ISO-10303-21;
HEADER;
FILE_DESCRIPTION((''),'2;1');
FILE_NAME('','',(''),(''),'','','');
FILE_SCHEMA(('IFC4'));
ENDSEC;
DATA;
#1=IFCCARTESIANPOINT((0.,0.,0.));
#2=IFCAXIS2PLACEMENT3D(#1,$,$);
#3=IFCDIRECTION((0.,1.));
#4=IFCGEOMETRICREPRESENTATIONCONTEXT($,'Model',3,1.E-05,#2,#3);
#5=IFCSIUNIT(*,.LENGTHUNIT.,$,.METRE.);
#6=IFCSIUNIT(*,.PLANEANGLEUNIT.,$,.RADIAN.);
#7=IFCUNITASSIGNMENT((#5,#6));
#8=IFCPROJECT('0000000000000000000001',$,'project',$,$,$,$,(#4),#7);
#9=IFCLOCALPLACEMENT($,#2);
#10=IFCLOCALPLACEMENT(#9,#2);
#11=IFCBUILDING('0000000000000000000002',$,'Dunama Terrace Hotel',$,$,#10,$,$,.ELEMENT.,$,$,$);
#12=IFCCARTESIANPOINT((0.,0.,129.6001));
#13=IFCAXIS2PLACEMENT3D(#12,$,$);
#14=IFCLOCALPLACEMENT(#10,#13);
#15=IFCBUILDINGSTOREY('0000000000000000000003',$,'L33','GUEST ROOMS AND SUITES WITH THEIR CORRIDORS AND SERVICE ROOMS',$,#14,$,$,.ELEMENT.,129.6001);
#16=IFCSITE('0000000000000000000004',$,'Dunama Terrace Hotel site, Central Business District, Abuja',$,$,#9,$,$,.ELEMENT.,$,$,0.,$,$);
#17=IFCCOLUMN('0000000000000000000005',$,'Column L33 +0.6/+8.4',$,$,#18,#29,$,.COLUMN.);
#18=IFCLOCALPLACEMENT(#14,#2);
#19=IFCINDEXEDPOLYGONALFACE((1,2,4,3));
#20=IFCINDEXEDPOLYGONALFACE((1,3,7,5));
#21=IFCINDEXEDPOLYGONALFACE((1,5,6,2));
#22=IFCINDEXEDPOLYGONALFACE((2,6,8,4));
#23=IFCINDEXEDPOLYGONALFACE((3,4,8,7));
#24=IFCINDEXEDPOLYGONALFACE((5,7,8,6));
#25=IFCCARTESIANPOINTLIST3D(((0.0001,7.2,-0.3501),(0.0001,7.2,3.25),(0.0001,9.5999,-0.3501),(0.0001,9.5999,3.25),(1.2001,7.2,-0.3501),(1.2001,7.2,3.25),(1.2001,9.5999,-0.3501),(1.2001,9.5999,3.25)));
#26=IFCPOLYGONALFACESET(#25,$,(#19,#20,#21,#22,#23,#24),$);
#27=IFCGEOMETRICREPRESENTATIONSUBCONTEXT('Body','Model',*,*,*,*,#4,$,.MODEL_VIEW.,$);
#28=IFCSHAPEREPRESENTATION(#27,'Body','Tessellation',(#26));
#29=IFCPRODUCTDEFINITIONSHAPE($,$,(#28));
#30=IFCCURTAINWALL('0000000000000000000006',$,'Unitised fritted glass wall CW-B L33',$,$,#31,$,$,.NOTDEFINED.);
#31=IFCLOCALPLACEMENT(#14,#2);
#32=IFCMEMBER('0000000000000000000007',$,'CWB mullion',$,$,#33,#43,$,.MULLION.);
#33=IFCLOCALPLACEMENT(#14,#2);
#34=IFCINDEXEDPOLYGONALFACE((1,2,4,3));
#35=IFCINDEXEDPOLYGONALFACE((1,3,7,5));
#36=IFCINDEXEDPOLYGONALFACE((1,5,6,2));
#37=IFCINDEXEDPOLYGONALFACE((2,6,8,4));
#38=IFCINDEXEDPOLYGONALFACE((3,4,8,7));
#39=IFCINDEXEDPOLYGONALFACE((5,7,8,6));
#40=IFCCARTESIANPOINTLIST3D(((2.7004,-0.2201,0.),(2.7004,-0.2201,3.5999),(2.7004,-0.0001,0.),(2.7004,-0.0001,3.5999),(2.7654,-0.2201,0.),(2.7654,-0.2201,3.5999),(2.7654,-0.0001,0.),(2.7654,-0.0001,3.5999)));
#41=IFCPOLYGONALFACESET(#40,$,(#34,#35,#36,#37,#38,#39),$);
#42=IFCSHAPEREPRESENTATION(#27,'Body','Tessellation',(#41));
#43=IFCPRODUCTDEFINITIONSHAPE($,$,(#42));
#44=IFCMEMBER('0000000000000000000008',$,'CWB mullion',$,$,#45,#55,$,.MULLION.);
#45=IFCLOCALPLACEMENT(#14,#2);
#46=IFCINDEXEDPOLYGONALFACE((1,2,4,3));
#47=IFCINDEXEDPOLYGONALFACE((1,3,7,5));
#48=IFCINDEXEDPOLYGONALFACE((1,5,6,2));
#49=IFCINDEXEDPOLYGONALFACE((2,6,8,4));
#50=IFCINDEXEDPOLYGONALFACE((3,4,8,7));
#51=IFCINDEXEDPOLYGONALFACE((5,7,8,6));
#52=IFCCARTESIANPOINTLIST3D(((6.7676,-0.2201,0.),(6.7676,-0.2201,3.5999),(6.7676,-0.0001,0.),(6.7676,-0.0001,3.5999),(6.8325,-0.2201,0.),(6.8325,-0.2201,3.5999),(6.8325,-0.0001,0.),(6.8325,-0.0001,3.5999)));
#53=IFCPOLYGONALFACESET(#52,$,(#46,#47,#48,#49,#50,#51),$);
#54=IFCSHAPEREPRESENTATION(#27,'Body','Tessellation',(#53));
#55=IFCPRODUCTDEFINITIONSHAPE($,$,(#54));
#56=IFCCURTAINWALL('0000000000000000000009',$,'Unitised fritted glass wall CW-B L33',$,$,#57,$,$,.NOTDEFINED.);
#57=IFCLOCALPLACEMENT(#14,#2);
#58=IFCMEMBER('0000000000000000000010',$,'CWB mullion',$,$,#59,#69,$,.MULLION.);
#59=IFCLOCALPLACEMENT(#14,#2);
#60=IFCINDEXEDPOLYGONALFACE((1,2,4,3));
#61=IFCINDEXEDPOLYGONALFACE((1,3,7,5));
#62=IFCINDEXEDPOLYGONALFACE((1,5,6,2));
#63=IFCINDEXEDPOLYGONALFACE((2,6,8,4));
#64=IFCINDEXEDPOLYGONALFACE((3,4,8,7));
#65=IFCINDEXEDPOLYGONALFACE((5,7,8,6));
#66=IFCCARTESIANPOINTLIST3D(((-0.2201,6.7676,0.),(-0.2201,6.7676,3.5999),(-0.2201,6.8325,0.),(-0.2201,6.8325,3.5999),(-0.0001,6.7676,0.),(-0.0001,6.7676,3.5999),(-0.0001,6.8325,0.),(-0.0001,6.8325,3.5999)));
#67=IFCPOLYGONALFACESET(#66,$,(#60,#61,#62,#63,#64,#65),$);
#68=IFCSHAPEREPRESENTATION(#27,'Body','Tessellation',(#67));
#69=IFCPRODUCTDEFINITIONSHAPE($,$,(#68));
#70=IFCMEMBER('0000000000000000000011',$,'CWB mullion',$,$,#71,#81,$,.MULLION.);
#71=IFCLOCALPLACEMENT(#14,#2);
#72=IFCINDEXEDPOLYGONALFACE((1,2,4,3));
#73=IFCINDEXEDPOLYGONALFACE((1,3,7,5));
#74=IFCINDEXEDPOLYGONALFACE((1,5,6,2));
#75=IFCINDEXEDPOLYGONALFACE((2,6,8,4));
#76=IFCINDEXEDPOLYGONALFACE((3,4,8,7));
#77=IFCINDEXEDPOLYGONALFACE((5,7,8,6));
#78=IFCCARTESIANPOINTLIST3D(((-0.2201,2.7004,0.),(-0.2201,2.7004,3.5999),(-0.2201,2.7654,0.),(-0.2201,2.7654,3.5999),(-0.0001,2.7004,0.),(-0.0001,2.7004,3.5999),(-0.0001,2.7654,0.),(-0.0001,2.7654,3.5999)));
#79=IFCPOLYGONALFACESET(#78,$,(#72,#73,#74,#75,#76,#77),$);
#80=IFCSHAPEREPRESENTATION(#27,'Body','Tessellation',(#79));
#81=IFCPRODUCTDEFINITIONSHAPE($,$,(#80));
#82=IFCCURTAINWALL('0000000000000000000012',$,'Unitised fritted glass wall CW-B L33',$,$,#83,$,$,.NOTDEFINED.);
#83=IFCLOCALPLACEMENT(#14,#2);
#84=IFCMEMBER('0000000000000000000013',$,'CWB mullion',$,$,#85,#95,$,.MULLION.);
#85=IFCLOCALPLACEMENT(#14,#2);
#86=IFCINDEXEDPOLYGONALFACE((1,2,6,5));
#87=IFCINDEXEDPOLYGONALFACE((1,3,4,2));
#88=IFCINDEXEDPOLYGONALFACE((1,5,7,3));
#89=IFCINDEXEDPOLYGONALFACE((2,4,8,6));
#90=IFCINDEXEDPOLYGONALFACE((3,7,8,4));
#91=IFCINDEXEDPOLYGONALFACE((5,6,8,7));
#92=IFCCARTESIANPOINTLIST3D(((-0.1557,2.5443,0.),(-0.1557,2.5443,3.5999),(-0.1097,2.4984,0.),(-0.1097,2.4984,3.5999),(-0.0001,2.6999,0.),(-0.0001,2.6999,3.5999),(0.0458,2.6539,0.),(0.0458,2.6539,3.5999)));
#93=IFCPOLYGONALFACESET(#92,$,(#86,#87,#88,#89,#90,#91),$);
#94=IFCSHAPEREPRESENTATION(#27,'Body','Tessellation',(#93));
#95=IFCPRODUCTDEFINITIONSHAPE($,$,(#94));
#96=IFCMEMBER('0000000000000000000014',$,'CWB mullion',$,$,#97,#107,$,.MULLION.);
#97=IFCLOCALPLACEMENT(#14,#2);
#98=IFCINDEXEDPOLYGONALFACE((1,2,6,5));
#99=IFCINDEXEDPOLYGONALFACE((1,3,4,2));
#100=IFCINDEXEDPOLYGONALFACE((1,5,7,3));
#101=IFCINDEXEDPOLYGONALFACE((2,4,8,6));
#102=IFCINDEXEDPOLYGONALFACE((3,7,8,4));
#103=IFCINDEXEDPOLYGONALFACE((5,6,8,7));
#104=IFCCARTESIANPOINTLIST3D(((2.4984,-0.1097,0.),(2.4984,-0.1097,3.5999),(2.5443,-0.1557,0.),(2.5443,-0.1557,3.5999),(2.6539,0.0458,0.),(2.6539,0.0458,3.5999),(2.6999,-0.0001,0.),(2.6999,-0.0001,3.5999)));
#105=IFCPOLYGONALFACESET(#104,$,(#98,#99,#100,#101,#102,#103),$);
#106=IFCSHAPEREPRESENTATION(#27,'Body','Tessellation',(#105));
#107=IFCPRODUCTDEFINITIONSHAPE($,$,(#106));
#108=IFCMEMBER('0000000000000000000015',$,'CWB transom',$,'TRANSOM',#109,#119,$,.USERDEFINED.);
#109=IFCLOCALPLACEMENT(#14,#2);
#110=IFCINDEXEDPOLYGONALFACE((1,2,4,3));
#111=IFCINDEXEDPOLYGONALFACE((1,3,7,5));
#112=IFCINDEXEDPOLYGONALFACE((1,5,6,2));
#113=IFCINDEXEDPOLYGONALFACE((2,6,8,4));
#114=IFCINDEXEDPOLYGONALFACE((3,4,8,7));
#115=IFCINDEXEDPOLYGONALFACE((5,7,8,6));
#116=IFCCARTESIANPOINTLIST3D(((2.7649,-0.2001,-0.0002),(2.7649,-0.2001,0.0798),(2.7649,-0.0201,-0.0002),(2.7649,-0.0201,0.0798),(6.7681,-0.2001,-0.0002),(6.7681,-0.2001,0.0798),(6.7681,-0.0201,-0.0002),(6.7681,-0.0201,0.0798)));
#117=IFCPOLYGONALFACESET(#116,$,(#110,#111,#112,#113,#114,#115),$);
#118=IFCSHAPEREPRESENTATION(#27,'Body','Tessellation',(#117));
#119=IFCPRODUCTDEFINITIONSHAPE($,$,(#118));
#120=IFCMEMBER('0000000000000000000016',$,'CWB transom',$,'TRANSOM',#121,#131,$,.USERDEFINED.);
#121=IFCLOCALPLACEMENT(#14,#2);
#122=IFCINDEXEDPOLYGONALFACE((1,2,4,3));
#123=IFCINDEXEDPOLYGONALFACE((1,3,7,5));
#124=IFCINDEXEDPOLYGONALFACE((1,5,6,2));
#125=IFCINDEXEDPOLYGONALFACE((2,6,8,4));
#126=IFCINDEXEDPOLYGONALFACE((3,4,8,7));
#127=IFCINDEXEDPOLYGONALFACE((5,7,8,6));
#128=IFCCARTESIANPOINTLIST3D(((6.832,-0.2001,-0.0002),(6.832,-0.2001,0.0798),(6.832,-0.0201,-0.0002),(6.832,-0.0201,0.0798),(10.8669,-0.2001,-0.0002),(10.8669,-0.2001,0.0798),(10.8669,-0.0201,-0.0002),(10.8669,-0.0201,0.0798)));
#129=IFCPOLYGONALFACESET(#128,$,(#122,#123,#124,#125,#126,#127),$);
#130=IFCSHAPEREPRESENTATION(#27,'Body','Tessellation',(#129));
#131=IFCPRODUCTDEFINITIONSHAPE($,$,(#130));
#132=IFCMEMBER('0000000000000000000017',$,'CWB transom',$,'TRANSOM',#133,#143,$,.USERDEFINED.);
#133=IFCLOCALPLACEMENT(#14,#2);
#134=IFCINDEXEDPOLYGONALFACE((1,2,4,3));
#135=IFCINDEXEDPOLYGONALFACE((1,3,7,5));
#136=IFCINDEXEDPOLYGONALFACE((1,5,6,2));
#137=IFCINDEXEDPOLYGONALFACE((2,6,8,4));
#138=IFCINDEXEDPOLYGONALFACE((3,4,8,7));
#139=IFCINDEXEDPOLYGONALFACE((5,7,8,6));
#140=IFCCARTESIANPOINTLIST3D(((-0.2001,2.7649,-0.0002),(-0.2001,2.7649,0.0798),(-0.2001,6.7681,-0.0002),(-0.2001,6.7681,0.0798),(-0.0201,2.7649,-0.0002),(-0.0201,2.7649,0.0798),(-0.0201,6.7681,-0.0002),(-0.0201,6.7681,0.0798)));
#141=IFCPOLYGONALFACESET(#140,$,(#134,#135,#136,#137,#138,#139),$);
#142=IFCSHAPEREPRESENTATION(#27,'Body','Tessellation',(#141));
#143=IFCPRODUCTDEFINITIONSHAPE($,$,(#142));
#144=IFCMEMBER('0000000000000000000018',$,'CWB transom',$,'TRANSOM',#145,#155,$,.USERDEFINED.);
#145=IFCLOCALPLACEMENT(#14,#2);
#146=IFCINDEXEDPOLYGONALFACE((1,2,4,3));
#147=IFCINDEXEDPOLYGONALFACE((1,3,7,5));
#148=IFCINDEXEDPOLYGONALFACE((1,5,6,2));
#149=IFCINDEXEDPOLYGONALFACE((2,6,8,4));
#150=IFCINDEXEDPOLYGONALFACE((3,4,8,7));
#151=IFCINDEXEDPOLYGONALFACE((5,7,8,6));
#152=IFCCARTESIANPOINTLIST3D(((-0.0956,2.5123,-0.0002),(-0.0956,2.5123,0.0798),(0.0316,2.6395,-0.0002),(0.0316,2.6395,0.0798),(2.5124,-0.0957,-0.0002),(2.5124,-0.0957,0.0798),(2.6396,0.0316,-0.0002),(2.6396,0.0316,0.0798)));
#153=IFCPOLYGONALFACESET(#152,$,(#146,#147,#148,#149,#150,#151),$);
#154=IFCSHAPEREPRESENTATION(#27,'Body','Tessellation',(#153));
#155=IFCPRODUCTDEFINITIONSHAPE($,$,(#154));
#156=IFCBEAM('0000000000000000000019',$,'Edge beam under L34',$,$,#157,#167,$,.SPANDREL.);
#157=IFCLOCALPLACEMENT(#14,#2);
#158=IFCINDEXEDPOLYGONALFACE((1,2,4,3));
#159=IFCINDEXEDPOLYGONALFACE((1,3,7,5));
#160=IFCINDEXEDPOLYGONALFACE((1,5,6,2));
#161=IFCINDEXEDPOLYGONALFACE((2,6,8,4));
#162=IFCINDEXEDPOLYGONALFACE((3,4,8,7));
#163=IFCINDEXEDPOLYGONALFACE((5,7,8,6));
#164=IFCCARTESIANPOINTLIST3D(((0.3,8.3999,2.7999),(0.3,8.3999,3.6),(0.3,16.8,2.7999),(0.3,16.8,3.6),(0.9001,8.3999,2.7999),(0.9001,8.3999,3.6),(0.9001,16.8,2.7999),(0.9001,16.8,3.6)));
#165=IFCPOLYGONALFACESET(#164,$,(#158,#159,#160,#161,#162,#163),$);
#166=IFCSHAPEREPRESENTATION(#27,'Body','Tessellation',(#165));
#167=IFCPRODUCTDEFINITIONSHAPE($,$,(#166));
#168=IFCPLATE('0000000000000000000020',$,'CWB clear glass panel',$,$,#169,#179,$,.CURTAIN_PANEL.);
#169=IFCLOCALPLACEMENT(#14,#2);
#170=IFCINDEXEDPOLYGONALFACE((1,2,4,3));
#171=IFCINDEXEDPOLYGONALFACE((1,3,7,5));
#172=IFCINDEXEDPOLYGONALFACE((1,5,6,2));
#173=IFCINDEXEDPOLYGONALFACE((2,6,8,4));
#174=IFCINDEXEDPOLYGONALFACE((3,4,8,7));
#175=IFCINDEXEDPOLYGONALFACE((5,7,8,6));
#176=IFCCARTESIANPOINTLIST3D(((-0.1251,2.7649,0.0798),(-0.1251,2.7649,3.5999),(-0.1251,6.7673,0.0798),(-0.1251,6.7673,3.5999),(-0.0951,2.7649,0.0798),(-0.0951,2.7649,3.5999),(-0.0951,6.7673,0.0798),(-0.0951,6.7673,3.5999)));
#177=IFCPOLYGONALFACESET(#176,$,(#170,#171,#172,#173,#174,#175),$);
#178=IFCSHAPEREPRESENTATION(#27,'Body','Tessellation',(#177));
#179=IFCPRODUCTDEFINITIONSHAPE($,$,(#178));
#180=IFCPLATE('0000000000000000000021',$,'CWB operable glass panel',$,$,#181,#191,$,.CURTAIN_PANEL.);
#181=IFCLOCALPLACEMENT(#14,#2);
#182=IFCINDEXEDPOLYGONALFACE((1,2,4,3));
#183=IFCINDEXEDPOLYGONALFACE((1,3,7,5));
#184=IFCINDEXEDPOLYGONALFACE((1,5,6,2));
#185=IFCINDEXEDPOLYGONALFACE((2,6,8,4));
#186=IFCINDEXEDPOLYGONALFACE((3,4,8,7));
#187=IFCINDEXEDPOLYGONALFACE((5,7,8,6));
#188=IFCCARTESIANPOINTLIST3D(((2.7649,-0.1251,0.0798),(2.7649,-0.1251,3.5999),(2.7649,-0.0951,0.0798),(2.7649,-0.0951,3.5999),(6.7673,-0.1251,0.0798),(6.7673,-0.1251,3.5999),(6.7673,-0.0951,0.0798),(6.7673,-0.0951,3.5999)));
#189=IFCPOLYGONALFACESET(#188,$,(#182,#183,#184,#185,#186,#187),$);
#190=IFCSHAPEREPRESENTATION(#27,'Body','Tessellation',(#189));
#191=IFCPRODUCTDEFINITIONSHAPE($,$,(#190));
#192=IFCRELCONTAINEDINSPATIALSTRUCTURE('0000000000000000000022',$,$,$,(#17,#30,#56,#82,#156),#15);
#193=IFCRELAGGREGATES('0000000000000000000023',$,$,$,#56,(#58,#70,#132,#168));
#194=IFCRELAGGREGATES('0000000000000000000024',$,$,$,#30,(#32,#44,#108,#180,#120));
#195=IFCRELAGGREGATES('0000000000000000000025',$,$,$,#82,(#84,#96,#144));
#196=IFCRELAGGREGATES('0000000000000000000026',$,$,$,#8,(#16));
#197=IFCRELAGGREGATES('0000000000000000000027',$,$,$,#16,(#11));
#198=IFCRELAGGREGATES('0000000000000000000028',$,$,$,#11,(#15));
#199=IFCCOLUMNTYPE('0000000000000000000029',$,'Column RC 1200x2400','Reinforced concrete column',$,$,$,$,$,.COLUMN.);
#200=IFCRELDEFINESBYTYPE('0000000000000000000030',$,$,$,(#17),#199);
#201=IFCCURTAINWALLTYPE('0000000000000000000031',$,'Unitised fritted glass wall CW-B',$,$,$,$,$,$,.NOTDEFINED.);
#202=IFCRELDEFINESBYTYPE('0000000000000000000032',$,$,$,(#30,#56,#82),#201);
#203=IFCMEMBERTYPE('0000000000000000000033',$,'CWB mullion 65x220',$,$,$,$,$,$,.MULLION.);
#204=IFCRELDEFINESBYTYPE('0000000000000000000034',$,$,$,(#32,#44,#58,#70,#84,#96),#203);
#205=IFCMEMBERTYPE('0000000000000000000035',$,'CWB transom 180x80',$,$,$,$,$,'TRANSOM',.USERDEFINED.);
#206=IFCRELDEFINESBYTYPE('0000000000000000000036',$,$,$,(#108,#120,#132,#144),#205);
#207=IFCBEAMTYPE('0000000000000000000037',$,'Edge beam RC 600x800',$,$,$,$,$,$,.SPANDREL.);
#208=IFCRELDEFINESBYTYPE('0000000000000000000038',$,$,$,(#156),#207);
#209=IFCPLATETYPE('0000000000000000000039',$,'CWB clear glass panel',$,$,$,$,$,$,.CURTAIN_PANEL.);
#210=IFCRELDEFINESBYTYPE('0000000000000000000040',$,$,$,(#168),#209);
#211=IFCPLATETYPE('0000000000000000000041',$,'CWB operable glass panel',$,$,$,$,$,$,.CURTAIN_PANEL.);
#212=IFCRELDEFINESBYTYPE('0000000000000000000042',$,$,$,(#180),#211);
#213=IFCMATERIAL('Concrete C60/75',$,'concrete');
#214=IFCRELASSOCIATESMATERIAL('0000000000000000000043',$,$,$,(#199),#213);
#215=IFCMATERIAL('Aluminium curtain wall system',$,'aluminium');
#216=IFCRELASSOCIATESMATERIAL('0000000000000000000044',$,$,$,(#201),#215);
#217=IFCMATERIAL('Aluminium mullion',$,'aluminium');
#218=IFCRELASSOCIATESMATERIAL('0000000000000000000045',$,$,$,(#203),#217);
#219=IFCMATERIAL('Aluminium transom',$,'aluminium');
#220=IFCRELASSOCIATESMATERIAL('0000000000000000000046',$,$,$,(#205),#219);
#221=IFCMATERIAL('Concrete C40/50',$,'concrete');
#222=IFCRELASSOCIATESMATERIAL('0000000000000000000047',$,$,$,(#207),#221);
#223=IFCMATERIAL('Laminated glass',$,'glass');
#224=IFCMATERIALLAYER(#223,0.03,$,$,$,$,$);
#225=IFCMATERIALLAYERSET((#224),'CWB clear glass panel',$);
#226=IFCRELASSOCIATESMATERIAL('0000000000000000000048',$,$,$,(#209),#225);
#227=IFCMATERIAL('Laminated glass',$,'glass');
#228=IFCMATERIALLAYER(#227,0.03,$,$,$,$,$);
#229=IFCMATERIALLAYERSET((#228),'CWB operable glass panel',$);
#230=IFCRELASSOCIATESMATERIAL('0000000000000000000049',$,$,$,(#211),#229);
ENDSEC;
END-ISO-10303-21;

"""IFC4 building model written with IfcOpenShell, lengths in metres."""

from ifc_helpers import new_model, si_unit, direction, frame, origin, origin_2d, place, context, subcontext, project, spatial, rectangle, extrude, material, layer, layer_set, material_profile, profile_set, type_object, element, aggregate, save


model = new_model("IFC4")

# Units and contexts
model_context = context("Model", 3, precision=1e-05, world=origin(), true_north=direction((0.0, 1.0)))
body_context = subcontext(model_context, "Body", "Model", "MODEL_VIEW")
ifc_project = project(units=[si_unit("LENGTHUNIT", "METRE"), si_unit("PLANEANGLEUNIT", "RADIAN")], contexts=[model_context])

# Site, building, storey
site_placement = place(None, origin())
site = spatial("IfcSite", under=ifc_project, at=site_placement, Name="Dunama Terrace Hotel site, Central Business District, Abuja", CompositionType="ELEMENT", RefElevation=0.0)
building_placement = place(site_placement, origin())
building = spatial("IfcBuilding", under=site, at=building_placement, Name="Dunama Terrace Hotel", CompositionType="ELEMENT")
storey_placement = place(building_placement, frame((0.0, 0.0, 129.6001)))
storey = spatial("IfcBuildingStorey", under=building, at=storey_placement, Name="L33", Description="GUEST ROOMS AND SUITES WITH THEIR CORRIDORS AND SERVICE ROOMS", CompositionType="ELEMENT", Elevation=129.6001)

# Column
ifc_material_1 = material(Name="Concrete C60/75", Category="concrete")
ifc_material_profile_1 = material_profile(ifc_material_1, rectangle(XDim=1.2, YDim=2.3999, at=origin_2d()), Name="RC 1200x2400")
ifc_profile_set_1 = profile_set([ifc_material_profile_1], Name="Concrete C60/75")
column_type = type_object("IfcColumnType", Name="Column RC 1200x2400", Description="Reinforced concrete column", PredefinedType="COLUMN", material=ifc_profile_set_1)
column_placement = place(storey_placement, frame((0.6001, 8.3999, -0.3501), z_axis=(0.0, 0.0, 1.0), x_axis=(1.0, 0.0, 0.0)))
element("IfcColumn", 1, at=column_placement, inside=storey, type_object=column_type, Name="Column L33 +0.6/+8.4", PredefinedType="COLUMN", context=body_context, shape_type="SweptSolid", body=[
    extrude(rectangle(XDim=1.2, YDim=2.3999, at=origin_2d()), origin(), (0.0, 0.0, 1.0), 3.6001),
])

# Curtain walls, members
ifc_material_2 = material(Name="Aluminium curtain wall system", Category="aluminium")
curtain_wall_type = type_object("IfcCurtainWallType", Name="Unitised fritted glass wall CW-B", PredefinedType="NOTDEFINED", material=ifc_material_2)
curtain_wall_1_placement = place(storey_placement, origin())
curtain_wall_1 = element("IfcCurtainWall", 2, at=curtain_wall_1_placement, inside=storey, type_object=curtain_wall_type, Name="Unitised fritted glass wall CW-B L33", PredefinedType="NOTDEFINED")
ifc_material_3 = material(Name="Aluminium mullion", Category="aluminium")
ifc_material_profile_2 = material_profile(ifc_material_3, rectangle(XDim=0.0649, YDim=0.22, at=origin_2d()), Name="CWB MULLION 65X220")
ifc_profile_set_2 = profile_set([ifc_material_profile_2], Name="Aluminium mullion")
member_type_1 = type_object("IfcMemberType", Name="CWB mullion 65x220", PredefinedType="MULLION", material=ifc_profile_set_2)
member_1_placement = place(storey_placement, frame((2.7329, -0.1101, 0.0), z_axis=(0.0, 0.0, 1.0), x_axis=(1.0, 0.0, 0.0)))
member_1 = element("IfcMember", 3, at=member_1_placement, type_object=member_type_1, Name="CWB mullion", PredefinedType="MULLION", context=body_context, shape_type="SweptSolid", body=[
    extrude(rectangle(XDim=0.0649, YDim=0.22, at=origin_2d()), origin(), (0.0, 0.0, 1.0), 3.5999),
])
member_2_placement = place(storey_placement, frame((6.8, -0.1101, 0.0), z_axis=(0.0, 0.0, 1.0), x_axis=(1.0, 0.0, 0.0)))
member_2 = element("IfcMember", 4, at=member_2_placement, type_object=member_type_1, Name="CWB mullion", PredefinedType="MULLION", context=body_context, shape_type="SweptSolid", body=[
    extrude(rectangle(XDim=0.0649, YDim=0.22, at=origin_2d()), origin(), (0.0, 0.0, 1.0), 3.5999),
])
curtain_wall_2_placement = place(storey_placement, origin())
curtain_wall_2 = element("IfcCurtainWall", 5, at=curtain_wall_2_placement, inside=storey, type_object=curtain_wall_type, Name="Unitised fritted glass wall CW-B L33", PredefinedType="NOTDEFINED")
member_3_placement = place(storey_placement, frame((-0.1101, 6.8, 0.0), z_axis=(0.0, 0.0, 1.0), x_axis=(0.0, -1.0, 0.0)))
member_3 = element("IfcMember", 6, at=member_3_placement, type_object=member_type_1, Name="CWB mullion", PredefinedType="MULLION", context=body_context, shape_type="SweptSolid", body=[
    extrude(rectangle(XDim=0.0649, YDim=0.22, at=origin_2d()), origin(), (0.0, 0.0, 1.0), 3.5999),
])
member_4_placement = place(storey_placement, frame((-0.1101, 2.7329, 0.0), z_axis=(0.0, 0.0, 1.0), x_axis=(0.0, -1.0, 0.0)))
member_4 = element("IfcMember", 7, at=member_4_placement, type_object=member_type_1, Name="CWB mullion", PredefinedType="MULLION", context=body_context, shape_type="SweptSolid", body=[
    extrude(rectangle(XDim=0.0649, YDim=0.22, at=origin_2d()), origin(), (0.0, 0.0, 1.0), 3.5999),
])
curtain_wall_3_placement = place(storey_placement, origin())
curtain_wall_3 = element("IfcCurtainWall", 8, at=curtain_wall_3_placement, inside=storey, type_object=curtain_wall_type, Name="Unitised fritted glass wall CW-B L33", PredefinedType="NOTDEFINED")
member_5_placement = place(storey_placement, frame((-0.0549, 2.5991, 0.0), z_axis=(0.0, 0.0, 1.0), x_axis=(0.707107, -0.707107, 0.0)))
member_5 = element("IfcMember", 9, at=member_5_placement, type_object=member_type_1, Name="CWB mullion", PredefinedType="MULLION", context=body_context, shape_type="SweptSolid", body=[
    extrude(rectangle(XDim=0.0649, YDim=0.22, at=origin_2d()), origin(), (0.0, 0.0, 1.0), 3.5999),
])
member_6_placement = place(storey_placement, frame((2.5991, -0.0549, 0.0), z_axis=(0.0, 0.0, 1.0), x_axis=(0.707107, -0.707107, 0.0)))
member_6 = element("IfcMember", 10, at=member_6_placement, type_object=member_type_1, Name="CWB mullion", PredefinedType="MULLION", context=body_context, shape_type="SweptSolid", body=[
    extrude(rectangle(XDim=0.0649, YDim=0.22, at=origin_2d()), origin(), (0.0, 0.0, 1.0), 3.5999),
])

# Members
ifc_material_4 = material(Name="Aluminium transom", Category="aluminium")
ifc_material_profile_3 = material_profile(ifc_material_4, rectangle(XDim=0.1799, YDim=0.0801, at=origin_2d()), Name="CWB TRANSOM 180X80")
ifc_profile_set_3 = profile_set([ifc_material_profile_3], Name="Aluminium transom")
member_type_2 = type_object("IfcMemberType", Name="CWB transom 180x80", ElementType="TRANSOM", PredefinedType="USERDEFINED", material=ifc_profile_set_3)
member_7_placement = place(storey_placement, frame((2.7649, -0.1101, 0.0398), z_axis=(1.0, 0.0, 0.0), x_axis=(0.0, 1.0, 0.0)))
member_7 = element("IfcMember", 11, at=member_7_placement, type_object=member_type_2, Name="CWB transom", ObjectType="TRANSOM", PredefinedType="USERDEFINED", context=body_context, shape_type="SweptSolid", body=[
    extrude(rectangle(XDim=0.1799, YDim=0.0801, at=origin_2d()), origin(), (0.0, 0.0, 1.0), 4.0032),
])
member_8_placement = place(storey_placement, frame((6.832, -0.1101, 0.0398), z_axis=(1.0, 0.0, 0.0), x_axis=(0.0, 1.0, 0.0)))
member_8 = element("IfcMember", 12, at=member_8_placement, type_object=member_type_2, Name="CWB transom", ObjectType="TRANSOM", PredefinedType="USERDEFINED", context=body_context, shape_type="SweptSolid", body=[
    extrude(rectangle(XDim=0.1799, YDim=0.0801, at=origin_2d()), origin(), (0.0, 0.0, 1.0), 4.0349),
])
member_9_placement = place(storey_placement, frame((-0.1101, 6.7681, 0.0398), z_axis=(0.0, -1.0, 0.0), x_axis=(1.0, 0.0, 0.0)))
member_9 = element("IfcMember", 13, at=member_9_placement, type_object=member_type_2, Name="CWB transom", ObjectType="TRANSOM", PredefinedType="USERDEFINED", context=body_context, shape_type="SweptSolid", body=[
    extrude(rectangle(XDim=0.1799, YDim=0.0801, at=origin_2d()), origin(), (0.0, 0.0, 1.0), 4.0032),
])
member_10_placement = place(storey_placement, frame((-0.032, 2.5759, 0.0398), z_axis=(0.707107, -0.707107, 0.0), x_axis=(0.707107, 0.707107, 0.0)))
member_10 = element("IfcMember", 14, at=member_10_placement, type_object=member_type_2, Name="CWB transom", ObjectType="TRANSOM", PredefinedType="USERDEFINED", context=body_context, shape_type="SweptSolid", body=[
    extrude(rectangle(XDim=0.1799, YDim=0.0801, at=origin_2d()), origin(), (0.0, 0.0, 1.0), 3.6882),
])

# Beam
ifc_material_5 = material(Name="Concrete C40/50", Category="concrete")
ifc_material_profile_4 = material_profile(ifc_material_5, rectangle(XDim=0.6001, YDim=0.8, at=origin_2d()), Name="RC 600x800")
ifc_profile_set_4 = profile_set([ifc_material_profile_4], Name="Concrete C40/50")
beam_type = type_object("IfcBeamType", Name="Edge beam RC 600x800", PredefinedType="SPANDREL", material=ifc_profile_set_4)
beam_placement = place(storey_placement, frame((0.6001, 8.3999, 3.2), z_axis=(0.0, 1.0, 0.0), x_axis=(-1.0, 0.0, 0.0)))
element("IfcBeam", 15, at=beam_placement, inside=storey, type_object=beam_type, Name="Edge beam under L34", PredefinedType="SPANDREL", context=body_context, shape_type="SweptSolid", body=[
    extrude(rectangle(XDim=0.6001, YDim=0.8, at=origin_2d()), origin(), (0.0, 0.0, 1.0), 8.4001),
])

# Plates
ifc_material_6 = material(Name="Laminated glass", Category="glass")
ifc_layer_1 = layer(ifc_material_6, 0.03)
ifc_layer_set_1 = layer_set([ifc_layer_1], Name="CWB clear glass panel")
plate_type_1 = type_object("IfcPlateType", Name="CWB clear glass panel", PredefinedType="CURTAIN_PANEL", material=ifc_layer_set_1)
plate_1_placement = place(storey_placement, frame((-0.1101, 4.7661, 0.0798), z_axis=(0.0, 0.0, 1.0), x_axis=(0.0, -1.0, 0.0)))
plate_1 = element("IfcPlate", 16, at=plate_1_placement, type_object=plate_type_1, Name="CWB clear glass panel", PredefinedType="CURTAIN_PANEL", context=body_context, shape_type="SweptSolid", body=[
    extrude(rectangle(XDim=4.0024, YDim=0.03, at=origin_2d()), origin(), (0.0, 0.0, 1.0), 3.52),
])
aggregate(curtain_wall_2, [member_3, member_4, member_9, plate_1])
ifc_material_7 = material(Name="Laminated glass", Category="glass")
ifc_layer_2 = layer(ifc_material_7, 0.03)
ifc_layer_set_2 = layer_set([ifc_layer_2], Name="CWB operable glass panel")
plate_type_2 = type_object("IfcPlateType", Name="CWB operable glass panel", PredefinedType="CURTAIN_PANEL", material=ifc_layer_set_2)
plate_2_placement = place(storey_placement, frame((4.7661, -0.1101, 0.0798), z_axis=(0.0, 0.0, 1.0), x_axis=(1.0, 0.0, 0.0)))
plate_2 = element("IfcPlate", 17, at=plate_2_placement, type_object=plate_type_2, Name="CWB operable glass panel", PredefinedType="CURTAIN_PANEL", context=body_context, shape_type="SweptSolid", body=[
    extrude(rectangle(XDim=4.0024, YDim=0.03, at=origin_2d()), origin(), (0.0, 0.0, 1.0), 3.52),
])
aggregate(curtain_wall_1, [member_1, member_2, member_7, plate_2, member_8])
aggregate(curtain_wall_3, [member_5, member_6, member_10])

save(model, "model.ifc")
